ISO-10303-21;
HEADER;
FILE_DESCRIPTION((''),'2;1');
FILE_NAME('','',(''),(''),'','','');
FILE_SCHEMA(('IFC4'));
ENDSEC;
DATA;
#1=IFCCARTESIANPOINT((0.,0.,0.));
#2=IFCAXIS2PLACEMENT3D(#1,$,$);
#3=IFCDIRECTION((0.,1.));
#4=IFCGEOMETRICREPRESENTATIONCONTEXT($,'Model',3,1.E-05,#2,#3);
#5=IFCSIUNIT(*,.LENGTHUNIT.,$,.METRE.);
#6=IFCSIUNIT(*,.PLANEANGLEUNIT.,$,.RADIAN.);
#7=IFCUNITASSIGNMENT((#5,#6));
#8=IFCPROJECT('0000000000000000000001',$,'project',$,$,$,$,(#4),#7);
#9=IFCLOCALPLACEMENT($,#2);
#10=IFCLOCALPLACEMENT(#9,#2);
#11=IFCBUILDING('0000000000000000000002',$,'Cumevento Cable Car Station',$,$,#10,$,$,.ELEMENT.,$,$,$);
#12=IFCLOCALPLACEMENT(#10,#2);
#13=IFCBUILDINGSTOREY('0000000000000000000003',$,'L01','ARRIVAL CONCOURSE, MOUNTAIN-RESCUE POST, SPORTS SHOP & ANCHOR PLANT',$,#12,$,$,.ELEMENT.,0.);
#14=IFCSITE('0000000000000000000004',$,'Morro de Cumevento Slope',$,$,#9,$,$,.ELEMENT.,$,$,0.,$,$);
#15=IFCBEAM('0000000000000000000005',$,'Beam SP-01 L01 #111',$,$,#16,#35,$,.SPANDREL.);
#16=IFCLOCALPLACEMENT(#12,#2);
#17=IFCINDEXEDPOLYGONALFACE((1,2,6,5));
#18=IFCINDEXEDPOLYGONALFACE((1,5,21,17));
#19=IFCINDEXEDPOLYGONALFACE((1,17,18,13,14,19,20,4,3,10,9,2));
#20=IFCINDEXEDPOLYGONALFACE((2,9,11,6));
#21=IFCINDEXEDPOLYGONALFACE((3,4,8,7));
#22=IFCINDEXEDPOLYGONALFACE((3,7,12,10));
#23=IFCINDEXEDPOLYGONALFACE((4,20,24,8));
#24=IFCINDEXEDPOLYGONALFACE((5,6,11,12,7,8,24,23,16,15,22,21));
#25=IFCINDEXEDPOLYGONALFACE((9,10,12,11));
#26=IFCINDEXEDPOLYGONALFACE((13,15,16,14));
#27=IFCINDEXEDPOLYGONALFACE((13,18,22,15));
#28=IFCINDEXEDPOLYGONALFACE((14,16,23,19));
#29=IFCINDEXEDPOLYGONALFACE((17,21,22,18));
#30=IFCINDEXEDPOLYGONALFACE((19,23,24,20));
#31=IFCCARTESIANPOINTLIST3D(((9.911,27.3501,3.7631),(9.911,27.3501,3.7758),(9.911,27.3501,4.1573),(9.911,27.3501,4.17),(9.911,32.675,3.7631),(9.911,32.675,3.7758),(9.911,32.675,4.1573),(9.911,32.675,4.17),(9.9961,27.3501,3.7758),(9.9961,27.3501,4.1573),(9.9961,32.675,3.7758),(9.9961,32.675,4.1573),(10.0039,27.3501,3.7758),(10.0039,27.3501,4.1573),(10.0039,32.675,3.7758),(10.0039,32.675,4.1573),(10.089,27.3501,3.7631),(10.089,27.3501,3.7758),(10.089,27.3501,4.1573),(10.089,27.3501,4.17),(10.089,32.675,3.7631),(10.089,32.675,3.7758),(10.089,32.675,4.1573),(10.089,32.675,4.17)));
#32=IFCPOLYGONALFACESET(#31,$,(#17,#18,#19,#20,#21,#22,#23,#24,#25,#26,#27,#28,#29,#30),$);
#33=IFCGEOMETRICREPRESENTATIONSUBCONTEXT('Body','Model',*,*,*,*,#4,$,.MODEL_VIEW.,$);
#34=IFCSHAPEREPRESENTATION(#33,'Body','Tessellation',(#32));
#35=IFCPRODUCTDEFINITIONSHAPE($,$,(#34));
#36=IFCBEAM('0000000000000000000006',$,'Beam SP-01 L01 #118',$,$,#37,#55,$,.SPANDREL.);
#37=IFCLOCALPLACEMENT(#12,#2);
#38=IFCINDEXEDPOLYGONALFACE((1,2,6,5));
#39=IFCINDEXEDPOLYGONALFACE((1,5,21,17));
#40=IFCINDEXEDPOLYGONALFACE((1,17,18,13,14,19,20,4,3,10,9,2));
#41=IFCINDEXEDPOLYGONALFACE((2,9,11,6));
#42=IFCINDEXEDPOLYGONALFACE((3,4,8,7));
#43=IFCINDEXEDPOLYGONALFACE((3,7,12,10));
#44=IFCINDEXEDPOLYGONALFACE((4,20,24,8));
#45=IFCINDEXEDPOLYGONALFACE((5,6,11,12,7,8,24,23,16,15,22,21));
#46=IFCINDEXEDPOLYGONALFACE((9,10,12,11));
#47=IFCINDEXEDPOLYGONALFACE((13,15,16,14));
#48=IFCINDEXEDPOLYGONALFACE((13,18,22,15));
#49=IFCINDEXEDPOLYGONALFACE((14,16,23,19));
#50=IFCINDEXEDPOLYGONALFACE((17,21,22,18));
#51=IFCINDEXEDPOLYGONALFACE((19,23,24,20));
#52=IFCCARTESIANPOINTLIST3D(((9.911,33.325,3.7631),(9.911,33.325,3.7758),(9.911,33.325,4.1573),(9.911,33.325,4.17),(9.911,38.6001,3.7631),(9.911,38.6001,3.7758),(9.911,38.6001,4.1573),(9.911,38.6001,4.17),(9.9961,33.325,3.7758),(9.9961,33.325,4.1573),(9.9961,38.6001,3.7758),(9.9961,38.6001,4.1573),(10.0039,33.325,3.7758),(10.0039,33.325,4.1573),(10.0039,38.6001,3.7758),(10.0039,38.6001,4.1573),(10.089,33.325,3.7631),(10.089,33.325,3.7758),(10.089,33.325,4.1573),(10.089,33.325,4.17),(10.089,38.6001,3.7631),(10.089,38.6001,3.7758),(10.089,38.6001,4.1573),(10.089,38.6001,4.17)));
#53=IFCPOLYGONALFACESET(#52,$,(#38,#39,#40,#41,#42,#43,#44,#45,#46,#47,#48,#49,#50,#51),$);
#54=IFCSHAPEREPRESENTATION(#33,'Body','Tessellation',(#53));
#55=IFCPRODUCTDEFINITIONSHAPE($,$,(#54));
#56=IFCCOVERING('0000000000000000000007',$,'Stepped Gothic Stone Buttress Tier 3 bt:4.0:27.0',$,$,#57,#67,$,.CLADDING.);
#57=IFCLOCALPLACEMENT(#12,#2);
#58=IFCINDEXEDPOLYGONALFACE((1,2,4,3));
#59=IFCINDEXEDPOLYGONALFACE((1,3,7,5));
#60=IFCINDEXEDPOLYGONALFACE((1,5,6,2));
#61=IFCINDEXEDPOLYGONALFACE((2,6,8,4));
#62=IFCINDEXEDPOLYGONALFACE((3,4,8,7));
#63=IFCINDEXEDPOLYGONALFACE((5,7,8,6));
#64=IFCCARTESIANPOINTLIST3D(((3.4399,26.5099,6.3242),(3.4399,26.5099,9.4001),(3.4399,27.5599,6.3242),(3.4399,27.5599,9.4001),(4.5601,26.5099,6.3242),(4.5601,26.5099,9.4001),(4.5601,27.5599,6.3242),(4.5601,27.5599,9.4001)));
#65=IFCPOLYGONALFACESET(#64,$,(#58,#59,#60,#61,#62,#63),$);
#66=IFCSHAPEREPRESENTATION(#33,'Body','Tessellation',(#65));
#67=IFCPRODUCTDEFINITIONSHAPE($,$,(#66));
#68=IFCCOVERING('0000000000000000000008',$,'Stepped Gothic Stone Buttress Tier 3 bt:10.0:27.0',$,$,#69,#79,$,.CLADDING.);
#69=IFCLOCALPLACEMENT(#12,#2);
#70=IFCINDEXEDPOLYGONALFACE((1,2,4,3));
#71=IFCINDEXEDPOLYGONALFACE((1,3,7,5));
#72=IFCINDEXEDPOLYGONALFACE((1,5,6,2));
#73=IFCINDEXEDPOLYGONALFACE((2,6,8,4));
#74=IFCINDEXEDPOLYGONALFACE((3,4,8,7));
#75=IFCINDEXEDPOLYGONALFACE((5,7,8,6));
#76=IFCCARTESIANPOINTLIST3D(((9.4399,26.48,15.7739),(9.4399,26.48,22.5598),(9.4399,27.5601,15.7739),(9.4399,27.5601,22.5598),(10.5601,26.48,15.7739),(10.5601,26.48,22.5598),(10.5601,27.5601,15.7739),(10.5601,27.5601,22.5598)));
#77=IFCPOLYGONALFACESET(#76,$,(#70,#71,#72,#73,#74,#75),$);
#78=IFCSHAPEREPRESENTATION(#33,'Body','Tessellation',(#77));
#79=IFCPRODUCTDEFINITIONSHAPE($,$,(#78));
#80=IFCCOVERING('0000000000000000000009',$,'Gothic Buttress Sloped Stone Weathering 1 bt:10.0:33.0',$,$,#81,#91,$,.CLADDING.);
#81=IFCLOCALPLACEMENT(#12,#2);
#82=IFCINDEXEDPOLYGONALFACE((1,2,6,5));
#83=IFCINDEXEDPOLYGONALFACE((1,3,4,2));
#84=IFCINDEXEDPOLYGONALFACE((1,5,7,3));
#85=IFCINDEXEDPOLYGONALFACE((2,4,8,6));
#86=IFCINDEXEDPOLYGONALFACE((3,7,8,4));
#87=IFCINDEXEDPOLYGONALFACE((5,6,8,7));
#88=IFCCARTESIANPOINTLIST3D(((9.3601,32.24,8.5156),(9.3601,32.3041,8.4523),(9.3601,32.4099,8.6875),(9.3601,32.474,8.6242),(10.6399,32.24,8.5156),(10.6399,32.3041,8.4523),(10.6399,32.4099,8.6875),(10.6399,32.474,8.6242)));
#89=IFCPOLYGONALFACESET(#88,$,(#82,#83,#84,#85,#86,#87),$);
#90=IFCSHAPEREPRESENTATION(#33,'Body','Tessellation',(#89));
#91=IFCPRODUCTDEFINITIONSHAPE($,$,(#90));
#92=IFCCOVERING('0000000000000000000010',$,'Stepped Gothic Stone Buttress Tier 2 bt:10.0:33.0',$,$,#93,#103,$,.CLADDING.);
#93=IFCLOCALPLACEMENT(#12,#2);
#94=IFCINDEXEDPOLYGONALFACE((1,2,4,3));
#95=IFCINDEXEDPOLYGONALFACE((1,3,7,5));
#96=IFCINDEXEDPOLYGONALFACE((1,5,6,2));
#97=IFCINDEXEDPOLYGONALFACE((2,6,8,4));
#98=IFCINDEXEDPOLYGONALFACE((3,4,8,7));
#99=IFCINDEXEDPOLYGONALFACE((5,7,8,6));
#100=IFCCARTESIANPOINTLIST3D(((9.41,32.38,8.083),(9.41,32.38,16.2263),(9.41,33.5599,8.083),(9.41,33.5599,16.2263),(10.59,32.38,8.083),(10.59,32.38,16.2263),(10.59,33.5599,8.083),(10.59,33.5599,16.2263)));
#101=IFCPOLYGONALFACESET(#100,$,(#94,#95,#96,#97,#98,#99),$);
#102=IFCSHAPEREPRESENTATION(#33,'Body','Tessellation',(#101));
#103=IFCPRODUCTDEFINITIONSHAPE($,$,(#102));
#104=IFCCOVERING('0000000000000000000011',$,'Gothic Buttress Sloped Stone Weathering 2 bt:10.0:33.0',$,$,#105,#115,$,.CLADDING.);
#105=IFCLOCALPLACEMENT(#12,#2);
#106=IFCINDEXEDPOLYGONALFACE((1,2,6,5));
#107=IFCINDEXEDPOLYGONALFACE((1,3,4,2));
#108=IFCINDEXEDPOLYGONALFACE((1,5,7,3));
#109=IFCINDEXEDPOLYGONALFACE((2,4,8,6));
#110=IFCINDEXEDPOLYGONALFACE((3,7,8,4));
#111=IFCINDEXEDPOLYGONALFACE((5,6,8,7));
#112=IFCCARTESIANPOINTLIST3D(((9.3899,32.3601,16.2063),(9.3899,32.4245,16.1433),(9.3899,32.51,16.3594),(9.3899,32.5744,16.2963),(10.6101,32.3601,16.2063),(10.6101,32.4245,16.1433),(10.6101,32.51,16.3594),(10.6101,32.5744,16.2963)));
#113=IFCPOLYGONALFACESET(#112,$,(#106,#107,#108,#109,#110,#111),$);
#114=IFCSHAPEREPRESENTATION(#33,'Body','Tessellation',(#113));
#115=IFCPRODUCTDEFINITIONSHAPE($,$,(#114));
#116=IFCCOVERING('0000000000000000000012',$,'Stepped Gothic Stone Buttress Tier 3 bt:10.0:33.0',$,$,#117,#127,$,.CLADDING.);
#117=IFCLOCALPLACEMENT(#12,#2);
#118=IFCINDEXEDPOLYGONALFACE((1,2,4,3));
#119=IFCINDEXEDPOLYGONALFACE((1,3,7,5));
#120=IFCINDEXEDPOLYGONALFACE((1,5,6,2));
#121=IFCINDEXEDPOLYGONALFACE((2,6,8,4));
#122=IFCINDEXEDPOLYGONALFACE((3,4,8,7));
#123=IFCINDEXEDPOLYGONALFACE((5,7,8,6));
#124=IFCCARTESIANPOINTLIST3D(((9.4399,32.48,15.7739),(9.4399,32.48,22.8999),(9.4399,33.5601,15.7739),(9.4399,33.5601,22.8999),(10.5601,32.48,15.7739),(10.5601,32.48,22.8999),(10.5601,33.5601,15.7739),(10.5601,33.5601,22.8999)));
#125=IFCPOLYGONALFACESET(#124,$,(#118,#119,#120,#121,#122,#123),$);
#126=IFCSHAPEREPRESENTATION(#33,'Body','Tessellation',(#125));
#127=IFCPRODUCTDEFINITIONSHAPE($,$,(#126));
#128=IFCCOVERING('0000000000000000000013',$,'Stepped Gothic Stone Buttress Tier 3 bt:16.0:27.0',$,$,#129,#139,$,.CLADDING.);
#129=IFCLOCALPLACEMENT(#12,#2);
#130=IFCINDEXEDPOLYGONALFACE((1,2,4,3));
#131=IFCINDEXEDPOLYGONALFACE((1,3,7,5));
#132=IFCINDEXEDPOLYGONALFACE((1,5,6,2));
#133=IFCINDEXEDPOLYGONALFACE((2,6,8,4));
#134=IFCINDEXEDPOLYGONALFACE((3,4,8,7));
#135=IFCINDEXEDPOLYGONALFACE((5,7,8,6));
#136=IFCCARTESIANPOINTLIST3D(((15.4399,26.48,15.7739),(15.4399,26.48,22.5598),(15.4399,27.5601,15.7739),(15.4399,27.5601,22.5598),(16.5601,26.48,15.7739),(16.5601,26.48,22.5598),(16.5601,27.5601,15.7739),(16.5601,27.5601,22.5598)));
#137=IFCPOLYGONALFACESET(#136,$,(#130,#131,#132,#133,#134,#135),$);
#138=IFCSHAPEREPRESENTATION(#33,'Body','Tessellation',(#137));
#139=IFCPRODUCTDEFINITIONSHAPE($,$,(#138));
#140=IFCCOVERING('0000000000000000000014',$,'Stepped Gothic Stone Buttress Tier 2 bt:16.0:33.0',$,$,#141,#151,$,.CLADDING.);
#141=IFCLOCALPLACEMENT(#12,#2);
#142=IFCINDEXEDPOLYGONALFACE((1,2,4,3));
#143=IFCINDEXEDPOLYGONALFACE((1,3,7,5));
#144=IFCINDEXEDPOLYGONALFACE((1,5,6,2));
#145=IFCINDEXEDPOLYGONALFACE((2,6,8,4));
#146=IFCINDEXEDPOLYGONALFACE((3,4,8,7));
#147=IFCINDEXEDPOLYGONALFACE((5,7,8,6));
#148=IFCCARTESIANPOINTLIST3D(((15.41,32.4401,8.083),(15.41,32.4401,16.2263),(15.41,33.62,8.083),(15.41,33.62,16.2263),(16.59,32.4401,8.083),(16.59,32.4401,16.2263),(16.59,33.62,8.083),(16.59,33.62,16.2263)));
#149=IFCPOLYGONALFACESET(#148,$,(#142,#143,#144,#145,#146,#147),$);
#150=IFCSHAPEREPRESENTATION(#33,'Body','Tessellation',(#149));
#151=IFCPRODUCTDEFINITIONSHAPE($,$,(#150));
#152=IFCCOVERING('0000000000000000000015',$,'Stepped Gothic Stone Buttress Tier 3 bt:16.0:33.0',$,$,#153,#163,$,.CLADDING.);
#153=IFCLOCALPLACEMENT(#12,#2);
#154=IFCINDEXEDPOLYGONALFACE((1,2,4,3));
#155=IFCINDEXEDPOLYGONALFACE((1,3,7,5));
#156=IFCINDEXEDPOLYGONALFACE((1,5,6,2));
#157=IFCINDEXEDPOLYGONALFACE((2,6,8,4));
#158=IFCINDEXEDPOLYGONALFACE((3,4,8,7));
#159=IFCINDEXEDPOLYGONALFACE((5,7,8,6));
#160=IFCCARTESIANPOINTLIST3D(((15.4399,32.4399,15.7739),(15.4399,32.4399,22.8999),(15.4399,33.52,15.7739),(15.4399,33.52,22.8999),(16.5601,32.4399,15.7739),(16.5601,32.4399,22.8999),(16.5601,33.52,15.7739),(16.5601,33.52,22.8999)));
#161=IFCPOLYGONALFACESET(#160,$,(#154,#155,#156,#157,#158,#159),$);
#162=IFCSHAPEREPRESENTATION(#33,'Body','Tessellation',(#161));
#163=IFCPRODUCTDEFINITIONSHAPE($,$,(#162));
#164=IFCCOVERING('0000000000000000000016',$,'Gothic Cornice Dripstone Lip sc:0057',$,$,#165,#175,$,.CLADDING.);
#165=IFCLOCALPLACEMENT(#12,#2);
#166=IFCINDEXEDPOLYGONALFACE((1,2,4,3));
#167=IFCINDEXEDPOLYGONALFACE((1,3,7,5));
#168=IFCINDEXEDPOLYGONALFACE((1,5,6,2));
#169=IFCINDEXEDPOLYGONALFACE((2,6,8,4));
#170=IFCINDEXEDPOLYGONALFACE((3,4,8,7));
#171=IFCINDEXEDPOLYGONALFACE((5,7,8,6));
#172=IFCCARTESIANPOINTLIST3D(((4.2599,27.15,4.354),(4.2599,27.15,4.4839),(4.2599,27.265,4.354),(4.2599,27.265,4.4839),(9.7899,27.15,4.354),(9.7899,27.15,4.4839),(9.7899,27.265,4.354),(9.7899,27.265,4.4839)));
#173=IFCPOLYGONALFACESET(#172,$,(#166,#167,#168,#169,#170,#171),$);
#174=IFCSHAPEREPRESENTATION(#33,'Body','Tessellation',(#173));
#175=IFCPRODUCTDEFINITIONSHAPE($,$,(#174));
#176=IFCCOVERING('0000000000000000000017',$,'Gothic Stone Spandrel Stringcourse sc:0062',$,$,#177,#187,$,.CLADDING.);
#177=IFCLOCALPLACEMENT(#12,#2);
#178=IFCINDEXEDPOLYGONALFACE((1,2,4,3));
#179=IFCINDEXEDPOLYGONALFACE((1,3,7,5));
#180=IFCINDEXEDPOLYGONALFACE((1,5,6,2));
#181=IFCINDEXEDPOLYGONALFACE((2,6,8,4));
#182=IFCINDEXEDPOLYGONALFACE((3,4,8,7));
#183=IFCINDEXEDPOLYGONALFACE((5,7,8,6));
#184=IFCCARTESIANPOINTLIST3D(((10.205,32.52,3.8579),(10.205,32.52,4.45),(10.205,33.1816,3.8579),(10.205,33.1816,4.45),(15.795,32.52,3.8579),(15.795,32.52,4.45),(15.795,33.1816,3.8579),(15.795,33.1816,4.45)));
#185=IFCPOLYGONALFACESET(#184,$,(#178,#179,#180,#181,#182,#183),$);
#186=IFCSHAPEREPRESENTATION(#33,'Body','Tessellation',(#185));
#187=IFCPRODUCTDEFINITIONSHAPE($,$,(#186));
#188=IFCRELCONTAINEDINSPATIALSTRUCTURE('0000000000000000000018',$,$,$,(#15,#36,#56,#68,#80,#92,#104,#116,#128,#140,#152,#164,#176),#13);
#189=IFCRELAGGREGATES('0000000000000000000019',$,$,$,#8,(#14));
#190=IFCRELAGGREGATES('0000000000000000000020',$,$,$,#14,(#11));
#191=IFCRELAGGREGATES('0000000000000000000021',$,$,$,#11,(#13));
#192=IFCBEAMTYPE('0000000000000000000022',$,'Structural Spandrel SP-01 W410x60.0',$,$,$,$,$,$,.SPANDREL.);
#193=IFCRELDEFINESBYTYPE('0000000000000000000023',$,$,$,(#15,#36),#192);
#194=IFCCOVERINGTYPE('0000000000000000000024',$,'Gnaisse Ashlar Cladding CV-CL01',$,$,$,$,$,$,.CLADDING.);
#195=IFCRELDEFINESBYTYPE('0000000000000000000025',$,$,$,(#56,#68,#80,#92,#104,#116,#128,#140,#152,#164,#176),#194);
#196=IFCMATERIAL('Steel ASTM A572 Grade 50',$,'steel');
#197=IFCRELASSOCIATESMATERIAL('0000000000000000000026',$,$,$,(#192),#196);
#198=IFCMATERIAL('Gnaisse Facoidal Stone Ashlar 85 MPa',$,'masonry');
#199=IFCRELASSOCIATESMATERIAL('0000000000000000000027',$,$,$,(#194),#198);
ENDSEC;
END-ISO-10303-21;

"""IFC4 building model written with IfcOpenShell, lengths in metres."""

from ifc_helpers import new_model, si_unit, direction, frame, origin, origin_2d, place, context, subcontext, project, spatial, polyline, rectangle, i_section, outline, extrude, material, material_profile, profile_set, type_object, element, save


model = new_model("IFC4")

# Units and contexts
model_context = context("Model", 3, precision=1e-05, world=origin(), true_north=direction((0.0, 1.0)))
body_context = subcontext(model_context, "Body", "Model", "MODEL_VIEW")
ifc_project = project(units=[si_unit("LENGTHUNIT", "METRE"), si_unit("PLANEANGLEUNIT", "RADIAN")], contexts=[model_context])

# Site, building, storey
site_placement = place(None, origin())
site = spatial("IfcSite", under=ifc_project, at=site_placement, Name="Morro de Cumevento Slope", CompositionType="ELEMENT", RefElevation=0.0)
building_placement = place(site_placement, origin())
building = spatial("IfcBuilding", under=site, at=building_placement, Name="Cumevento Cable Car Station", CompositionType="ELEMENT")
storey_placement = place(building_placement, origin())
storey = spatial("IfcBuildingStorey", under=building, at=storey_placement, Name="L01", Description="ARRIVAL CONCOURSE, MOUNTAIN-RESCUE POST, SPORTS SHOP & ANCHOR PLANT", CompositionType="ELEMENT", Elevation=0.0)

# Beams
ifc_material_1 = material(Name="Steel ASTM A572 Grade 50", Category="steel")
ifc_material_profile_1 = material_profile(ifc_material_1, i_section(OverallWidth=0.178, OverallDepth=0.407, WebThickness=0.0078, FlangeThickness=0.0127, at=origin_2d()), Name="W410x60.0")
ifc_profile_set_1 = profile_set([ifc_material_profile_1], Name="Steel ASTM A572 Grade 50")
beam_type_1 = type_object("IfcBeamType", Name="Structural Spandrel SP-01 W410x60.0", PredefinedType="SPANDREL", material=ifc_profile_set_1)
beam_1_placement = place(storey_placement, frame((10.0, 27.3501, 3.9666), z_axis=(0.0, 1.0, 0.0), x_axis=(-1.0, 0.0, 0.0)))
element("IfcBeam", 1, at=beam_1_placement, inside=storey, type_object=beam_type_1, Name="Beam SP-01 L01 #111", PredefinedType="SPANDREL", context=body_context, shape_type="SweptSolid", body=[
    extrude(i_section(OverallWidth=0.178, OverallDepth=0.407, WebThickness=0.0078, FlangeThickness=0.0127, at=origin_2d()), origin(), (0.0, 0.0, 1.0), 5.325),
])
beam_2_placement = place(storey_placement, frame((10.0, 33.325, 3.9666), z_axis=(0.0, 1.0, 0.0), x_axis=(-1.0, 0.0, 0.0)))
element("IfcBeam", 2, at=beam_2_placement, inside=storey, type_object=beam_type_1, Name="Beam SP-01 L01 #118", PredefinedType="SPANDREL", context=body_context, shape_type="SweptSolid", body=[
    extrude(i_section(OverallWidth=0.178, OverallDepth=0.407, WebThickness=0.0078, FlangeThickness=0.0127, at=origin_2d()), origin(), (0.0, 0.0, 1.0), 5.2751),
])

# Coverings
ifc_material_2 = material(Name="Gnaisse Facoidal Stone Ashlar 85 MPa", Category="masonry")
covering_type = type_object("IfcCoveringType", Name="Gnaisse Ashlar Cladding CV-CL01", PredefinedType="CLADDING", material=ifc_material_2)
covering_1_placement = place(storey_placement, frame((4.0, 27.0349, 6.3242), z_axis=(0.0, 0.0, 1.0), x_axis=(1.0, 0.0, 0.0)))
element("IfcCovering", 3, at=covering_1_placement, inside=storey, type_object=covering_type, Name="Stepped Gothic Stone Buttress Tier 3 bt:4.0:27.0", PredefinedType="CLADDING", context=body_context, shape_type="SweptSolid", body=[
    extrude(rectangle(XDim=1.1201, YDim=1.05, at=origin_2d()), origin(), (0.0, 0.0, 1.0), 3.0759),
])
covering_2_placement = place(storey_placement, frame((10.0, 27.02, 15.7739), z_axis=(0.0, 0.0, 1.0), x_axis=(1.0, 0.0, 0.0)))
element("IfcCovering", 4, at=covering_2_placement, inside=storey, type_object=covering_type, Name="Stepped Gothic Stone Buttress Tier 3 bt:10.0:27.0", PredefinedType="CLADDING", context=body_context, shape_type="SweptSolid", body=[
    extrude(rectangle(XDim=1.1201, YDim=1.0801, at=origin_2d()), origin(), (0.0, 0.0, 1.0), 6.7859),
])
covering_3_placement = place(storey_placement, frame((9.3601, 32.24, 8.5156), z_axis=(0.0, -0.711136, 0.703055), x_axis=(1.0, 0.0, 0.0)))
element("IfcCovering", 5, at=covering_3_placement, inside=storey, type_object=covering_type, Name="Gothic Buttress Sloped Stone Weathering 1 bt:10.0:33.0", PredefinedType="CLADDING", context=body_context, shape_type="SweptSolid", body=[
    extrude(outline(polyline([(0.0, 0.0), (1.2798, 0.0), (1.2798, 0.2417), (0.0, 0.2417), (0.0, 0.0)])), origin(), (0.0, 0.0, -1.0), 0.0901),
])
covering_4_placement = place(storey_placement, frame((10.0, 32.97, 8.083), z_axis=(0.0, 0.0, 1.0), x_axis=(1.0, 0.0, 0.0)))
element("IfcCovering", 6, at=covering_4_placement, inside=storey, type_object=covering_type, Name="Stepped Gothic Stone Buttress Tier 2 bt:10.0:33.0", PredefinedType="CLADDING", context=body_context, shape_type="SweptSolid", body=[
    extrude(rectangle(XDim=1.1799, YDim=1.1799, at=origin_2d()), origin(), (0.0, 0.0, 1.0), 8.1433),
])
covering_5_placement = place(storey_placement, frame((9.3899, 32.3601, 16.2063), z_axis=(0.0, -0.714475, 0.699661), x_axis=(1.0, 0.0, 0.0)))
element("IfcCovering", 7, at=covering_5_placement, inside=storey, type_object=covering_type, Name="Gothic Buttress Sloped Stone Weathering 2 bt:10.0:33.0", PredefinedType="CLADDING", context=body_context, shape_type="SweptSolid", body=[
    extrude(outline(polyline([(0.0, 0.0), (1.2202, 0.0), (1.2202, 0.2142), (0.0, 0.2142), (0.0, 0.0)])), origin(), (0.0, 0.0, -1.0), 0.0901),
])
covering_6_placement = place(storey_placement, frame((10.0, 33.02, 15.7739), z_axis=(0.0, 0.0, 1.0), x_axis=(1.0, 0.0, 0.0)))
element("IfcCovering", 8, at=covering_6_placement, inside=storey, type_object=covering_type, Name="Stepped Gothic Stone Buttress Tier 3 bt:10.0:33.0", PredefinedType="CLADDING", context=body_context, shape_type="SweptSolid", body=[
    extrude(rectangle(XDim=1.1201, YDim=1.0801, at=origin_2d()), origin(), (0.0, 0.0, 1.0), 7.126),
])
covering_7_placement = place(storey_placement, frame((16.0, 27.02, 15.7739), z_axis=(0.0, 0.0, 1.0), x_axis=(1.0, 0.0, 0.0)))
element("IfcCovering", 9, at=covering_7_placement, inside=storey, type_object=covering_type, Name="Stepped Gothic Stone Buttress Tier 3 bt:16.0:27.0", PredefinedType="CLADDING", context=body_context, shape_type="SweptSolid", body=[
    extrude(rectangle(XDim=1.1201, YDim=1.0801, at=origin_2d()), origin(), (0.0, 0.0, 1.0), 6.7859),
])
covering_8_placement = place(storey_placement, frame((16.0, 33.03, 8.083), z_axis=(0.0, 0.0, 1.0), x_axis=(-1.0, 0.0, 0.0)))
element("IfcCovering", 10, at=covering_8_placement, inside=storey, type_object=covering_type, Name="Stepped Gothic Stone Buttress Tier 2 bt:16.0:33.0", PredefinedType="CLADDING", context=body_context, shape_type="SweptSolid", body=[
    extrude(rectangle(XDim=1.1799, YDim=1.1799, at=origin_2d()), origin(), (0.0, 0.0, 1.0), 8.1433),
])
covering_9_placement = place(storey_placement, frame((16.0, 32.98, 15.7739), z_axis=(0.0, 0.0, 1.0), x_axis=(-1.0, 0.0, 0.0)))
element("IfcCovering", 11, at=covering_9_placement, inside=storey, type_object=covering_type, Name="Stepped Gothic Stone Buttress Tier 3 bt:16.0:33.0", PredefinedType="CLADDING", context=body_context, shape_type="SweptSolid", body=[
    extrude(rectangle(XDim=1.1201, YDim=1.0801, at=origin_2d()), origin(), (0.0, 0.0, 1.0), 7.126),
])
covering_10_placement = place(storey_placement, frame((7.0249, 27.2075, 4.354), z_axis=(0.0, 0.0, 1.0), x_axis=(1.0, 0.0, 0.0)))
element("IfcCovering", 12, at=covering_10_placement, inside=storey, type_object=covering_type, Name="Gothic Cornice Dripstone Lip sc:0057", PredefinedType="CLADDING", context=body_context, shape_type="SweptSolid", body=[
    extrude(rectangle(XDim=5.53, YDim=0.115, at=origin_2d()), origin(), (0.0, 0.0, 1.0), 0.1299),
])
covering_11_placement = place(storey_placement, frame((13.0, 32.8508, 3.8579), z_axis=(0.0, 0.0, 1.0), x_axis=(1.0, 0.0, 0.0)))
element("IfcCovering", 13, at=covering_11_placement, inside=storey, type_object=covering_type, Name="Gothic Stone Spandrel Stringcourse sc:0062", PredefinedType="CLADDING", context=body_context, shape_type="SweptSolid", body=[
    extrude(rectangle(XDim=5.5901, YDim=0.6616, at=origin_2d()), origin(), (0.0, 0.0, 1.0), 0.592),
])

save(model, "model.ifc")
